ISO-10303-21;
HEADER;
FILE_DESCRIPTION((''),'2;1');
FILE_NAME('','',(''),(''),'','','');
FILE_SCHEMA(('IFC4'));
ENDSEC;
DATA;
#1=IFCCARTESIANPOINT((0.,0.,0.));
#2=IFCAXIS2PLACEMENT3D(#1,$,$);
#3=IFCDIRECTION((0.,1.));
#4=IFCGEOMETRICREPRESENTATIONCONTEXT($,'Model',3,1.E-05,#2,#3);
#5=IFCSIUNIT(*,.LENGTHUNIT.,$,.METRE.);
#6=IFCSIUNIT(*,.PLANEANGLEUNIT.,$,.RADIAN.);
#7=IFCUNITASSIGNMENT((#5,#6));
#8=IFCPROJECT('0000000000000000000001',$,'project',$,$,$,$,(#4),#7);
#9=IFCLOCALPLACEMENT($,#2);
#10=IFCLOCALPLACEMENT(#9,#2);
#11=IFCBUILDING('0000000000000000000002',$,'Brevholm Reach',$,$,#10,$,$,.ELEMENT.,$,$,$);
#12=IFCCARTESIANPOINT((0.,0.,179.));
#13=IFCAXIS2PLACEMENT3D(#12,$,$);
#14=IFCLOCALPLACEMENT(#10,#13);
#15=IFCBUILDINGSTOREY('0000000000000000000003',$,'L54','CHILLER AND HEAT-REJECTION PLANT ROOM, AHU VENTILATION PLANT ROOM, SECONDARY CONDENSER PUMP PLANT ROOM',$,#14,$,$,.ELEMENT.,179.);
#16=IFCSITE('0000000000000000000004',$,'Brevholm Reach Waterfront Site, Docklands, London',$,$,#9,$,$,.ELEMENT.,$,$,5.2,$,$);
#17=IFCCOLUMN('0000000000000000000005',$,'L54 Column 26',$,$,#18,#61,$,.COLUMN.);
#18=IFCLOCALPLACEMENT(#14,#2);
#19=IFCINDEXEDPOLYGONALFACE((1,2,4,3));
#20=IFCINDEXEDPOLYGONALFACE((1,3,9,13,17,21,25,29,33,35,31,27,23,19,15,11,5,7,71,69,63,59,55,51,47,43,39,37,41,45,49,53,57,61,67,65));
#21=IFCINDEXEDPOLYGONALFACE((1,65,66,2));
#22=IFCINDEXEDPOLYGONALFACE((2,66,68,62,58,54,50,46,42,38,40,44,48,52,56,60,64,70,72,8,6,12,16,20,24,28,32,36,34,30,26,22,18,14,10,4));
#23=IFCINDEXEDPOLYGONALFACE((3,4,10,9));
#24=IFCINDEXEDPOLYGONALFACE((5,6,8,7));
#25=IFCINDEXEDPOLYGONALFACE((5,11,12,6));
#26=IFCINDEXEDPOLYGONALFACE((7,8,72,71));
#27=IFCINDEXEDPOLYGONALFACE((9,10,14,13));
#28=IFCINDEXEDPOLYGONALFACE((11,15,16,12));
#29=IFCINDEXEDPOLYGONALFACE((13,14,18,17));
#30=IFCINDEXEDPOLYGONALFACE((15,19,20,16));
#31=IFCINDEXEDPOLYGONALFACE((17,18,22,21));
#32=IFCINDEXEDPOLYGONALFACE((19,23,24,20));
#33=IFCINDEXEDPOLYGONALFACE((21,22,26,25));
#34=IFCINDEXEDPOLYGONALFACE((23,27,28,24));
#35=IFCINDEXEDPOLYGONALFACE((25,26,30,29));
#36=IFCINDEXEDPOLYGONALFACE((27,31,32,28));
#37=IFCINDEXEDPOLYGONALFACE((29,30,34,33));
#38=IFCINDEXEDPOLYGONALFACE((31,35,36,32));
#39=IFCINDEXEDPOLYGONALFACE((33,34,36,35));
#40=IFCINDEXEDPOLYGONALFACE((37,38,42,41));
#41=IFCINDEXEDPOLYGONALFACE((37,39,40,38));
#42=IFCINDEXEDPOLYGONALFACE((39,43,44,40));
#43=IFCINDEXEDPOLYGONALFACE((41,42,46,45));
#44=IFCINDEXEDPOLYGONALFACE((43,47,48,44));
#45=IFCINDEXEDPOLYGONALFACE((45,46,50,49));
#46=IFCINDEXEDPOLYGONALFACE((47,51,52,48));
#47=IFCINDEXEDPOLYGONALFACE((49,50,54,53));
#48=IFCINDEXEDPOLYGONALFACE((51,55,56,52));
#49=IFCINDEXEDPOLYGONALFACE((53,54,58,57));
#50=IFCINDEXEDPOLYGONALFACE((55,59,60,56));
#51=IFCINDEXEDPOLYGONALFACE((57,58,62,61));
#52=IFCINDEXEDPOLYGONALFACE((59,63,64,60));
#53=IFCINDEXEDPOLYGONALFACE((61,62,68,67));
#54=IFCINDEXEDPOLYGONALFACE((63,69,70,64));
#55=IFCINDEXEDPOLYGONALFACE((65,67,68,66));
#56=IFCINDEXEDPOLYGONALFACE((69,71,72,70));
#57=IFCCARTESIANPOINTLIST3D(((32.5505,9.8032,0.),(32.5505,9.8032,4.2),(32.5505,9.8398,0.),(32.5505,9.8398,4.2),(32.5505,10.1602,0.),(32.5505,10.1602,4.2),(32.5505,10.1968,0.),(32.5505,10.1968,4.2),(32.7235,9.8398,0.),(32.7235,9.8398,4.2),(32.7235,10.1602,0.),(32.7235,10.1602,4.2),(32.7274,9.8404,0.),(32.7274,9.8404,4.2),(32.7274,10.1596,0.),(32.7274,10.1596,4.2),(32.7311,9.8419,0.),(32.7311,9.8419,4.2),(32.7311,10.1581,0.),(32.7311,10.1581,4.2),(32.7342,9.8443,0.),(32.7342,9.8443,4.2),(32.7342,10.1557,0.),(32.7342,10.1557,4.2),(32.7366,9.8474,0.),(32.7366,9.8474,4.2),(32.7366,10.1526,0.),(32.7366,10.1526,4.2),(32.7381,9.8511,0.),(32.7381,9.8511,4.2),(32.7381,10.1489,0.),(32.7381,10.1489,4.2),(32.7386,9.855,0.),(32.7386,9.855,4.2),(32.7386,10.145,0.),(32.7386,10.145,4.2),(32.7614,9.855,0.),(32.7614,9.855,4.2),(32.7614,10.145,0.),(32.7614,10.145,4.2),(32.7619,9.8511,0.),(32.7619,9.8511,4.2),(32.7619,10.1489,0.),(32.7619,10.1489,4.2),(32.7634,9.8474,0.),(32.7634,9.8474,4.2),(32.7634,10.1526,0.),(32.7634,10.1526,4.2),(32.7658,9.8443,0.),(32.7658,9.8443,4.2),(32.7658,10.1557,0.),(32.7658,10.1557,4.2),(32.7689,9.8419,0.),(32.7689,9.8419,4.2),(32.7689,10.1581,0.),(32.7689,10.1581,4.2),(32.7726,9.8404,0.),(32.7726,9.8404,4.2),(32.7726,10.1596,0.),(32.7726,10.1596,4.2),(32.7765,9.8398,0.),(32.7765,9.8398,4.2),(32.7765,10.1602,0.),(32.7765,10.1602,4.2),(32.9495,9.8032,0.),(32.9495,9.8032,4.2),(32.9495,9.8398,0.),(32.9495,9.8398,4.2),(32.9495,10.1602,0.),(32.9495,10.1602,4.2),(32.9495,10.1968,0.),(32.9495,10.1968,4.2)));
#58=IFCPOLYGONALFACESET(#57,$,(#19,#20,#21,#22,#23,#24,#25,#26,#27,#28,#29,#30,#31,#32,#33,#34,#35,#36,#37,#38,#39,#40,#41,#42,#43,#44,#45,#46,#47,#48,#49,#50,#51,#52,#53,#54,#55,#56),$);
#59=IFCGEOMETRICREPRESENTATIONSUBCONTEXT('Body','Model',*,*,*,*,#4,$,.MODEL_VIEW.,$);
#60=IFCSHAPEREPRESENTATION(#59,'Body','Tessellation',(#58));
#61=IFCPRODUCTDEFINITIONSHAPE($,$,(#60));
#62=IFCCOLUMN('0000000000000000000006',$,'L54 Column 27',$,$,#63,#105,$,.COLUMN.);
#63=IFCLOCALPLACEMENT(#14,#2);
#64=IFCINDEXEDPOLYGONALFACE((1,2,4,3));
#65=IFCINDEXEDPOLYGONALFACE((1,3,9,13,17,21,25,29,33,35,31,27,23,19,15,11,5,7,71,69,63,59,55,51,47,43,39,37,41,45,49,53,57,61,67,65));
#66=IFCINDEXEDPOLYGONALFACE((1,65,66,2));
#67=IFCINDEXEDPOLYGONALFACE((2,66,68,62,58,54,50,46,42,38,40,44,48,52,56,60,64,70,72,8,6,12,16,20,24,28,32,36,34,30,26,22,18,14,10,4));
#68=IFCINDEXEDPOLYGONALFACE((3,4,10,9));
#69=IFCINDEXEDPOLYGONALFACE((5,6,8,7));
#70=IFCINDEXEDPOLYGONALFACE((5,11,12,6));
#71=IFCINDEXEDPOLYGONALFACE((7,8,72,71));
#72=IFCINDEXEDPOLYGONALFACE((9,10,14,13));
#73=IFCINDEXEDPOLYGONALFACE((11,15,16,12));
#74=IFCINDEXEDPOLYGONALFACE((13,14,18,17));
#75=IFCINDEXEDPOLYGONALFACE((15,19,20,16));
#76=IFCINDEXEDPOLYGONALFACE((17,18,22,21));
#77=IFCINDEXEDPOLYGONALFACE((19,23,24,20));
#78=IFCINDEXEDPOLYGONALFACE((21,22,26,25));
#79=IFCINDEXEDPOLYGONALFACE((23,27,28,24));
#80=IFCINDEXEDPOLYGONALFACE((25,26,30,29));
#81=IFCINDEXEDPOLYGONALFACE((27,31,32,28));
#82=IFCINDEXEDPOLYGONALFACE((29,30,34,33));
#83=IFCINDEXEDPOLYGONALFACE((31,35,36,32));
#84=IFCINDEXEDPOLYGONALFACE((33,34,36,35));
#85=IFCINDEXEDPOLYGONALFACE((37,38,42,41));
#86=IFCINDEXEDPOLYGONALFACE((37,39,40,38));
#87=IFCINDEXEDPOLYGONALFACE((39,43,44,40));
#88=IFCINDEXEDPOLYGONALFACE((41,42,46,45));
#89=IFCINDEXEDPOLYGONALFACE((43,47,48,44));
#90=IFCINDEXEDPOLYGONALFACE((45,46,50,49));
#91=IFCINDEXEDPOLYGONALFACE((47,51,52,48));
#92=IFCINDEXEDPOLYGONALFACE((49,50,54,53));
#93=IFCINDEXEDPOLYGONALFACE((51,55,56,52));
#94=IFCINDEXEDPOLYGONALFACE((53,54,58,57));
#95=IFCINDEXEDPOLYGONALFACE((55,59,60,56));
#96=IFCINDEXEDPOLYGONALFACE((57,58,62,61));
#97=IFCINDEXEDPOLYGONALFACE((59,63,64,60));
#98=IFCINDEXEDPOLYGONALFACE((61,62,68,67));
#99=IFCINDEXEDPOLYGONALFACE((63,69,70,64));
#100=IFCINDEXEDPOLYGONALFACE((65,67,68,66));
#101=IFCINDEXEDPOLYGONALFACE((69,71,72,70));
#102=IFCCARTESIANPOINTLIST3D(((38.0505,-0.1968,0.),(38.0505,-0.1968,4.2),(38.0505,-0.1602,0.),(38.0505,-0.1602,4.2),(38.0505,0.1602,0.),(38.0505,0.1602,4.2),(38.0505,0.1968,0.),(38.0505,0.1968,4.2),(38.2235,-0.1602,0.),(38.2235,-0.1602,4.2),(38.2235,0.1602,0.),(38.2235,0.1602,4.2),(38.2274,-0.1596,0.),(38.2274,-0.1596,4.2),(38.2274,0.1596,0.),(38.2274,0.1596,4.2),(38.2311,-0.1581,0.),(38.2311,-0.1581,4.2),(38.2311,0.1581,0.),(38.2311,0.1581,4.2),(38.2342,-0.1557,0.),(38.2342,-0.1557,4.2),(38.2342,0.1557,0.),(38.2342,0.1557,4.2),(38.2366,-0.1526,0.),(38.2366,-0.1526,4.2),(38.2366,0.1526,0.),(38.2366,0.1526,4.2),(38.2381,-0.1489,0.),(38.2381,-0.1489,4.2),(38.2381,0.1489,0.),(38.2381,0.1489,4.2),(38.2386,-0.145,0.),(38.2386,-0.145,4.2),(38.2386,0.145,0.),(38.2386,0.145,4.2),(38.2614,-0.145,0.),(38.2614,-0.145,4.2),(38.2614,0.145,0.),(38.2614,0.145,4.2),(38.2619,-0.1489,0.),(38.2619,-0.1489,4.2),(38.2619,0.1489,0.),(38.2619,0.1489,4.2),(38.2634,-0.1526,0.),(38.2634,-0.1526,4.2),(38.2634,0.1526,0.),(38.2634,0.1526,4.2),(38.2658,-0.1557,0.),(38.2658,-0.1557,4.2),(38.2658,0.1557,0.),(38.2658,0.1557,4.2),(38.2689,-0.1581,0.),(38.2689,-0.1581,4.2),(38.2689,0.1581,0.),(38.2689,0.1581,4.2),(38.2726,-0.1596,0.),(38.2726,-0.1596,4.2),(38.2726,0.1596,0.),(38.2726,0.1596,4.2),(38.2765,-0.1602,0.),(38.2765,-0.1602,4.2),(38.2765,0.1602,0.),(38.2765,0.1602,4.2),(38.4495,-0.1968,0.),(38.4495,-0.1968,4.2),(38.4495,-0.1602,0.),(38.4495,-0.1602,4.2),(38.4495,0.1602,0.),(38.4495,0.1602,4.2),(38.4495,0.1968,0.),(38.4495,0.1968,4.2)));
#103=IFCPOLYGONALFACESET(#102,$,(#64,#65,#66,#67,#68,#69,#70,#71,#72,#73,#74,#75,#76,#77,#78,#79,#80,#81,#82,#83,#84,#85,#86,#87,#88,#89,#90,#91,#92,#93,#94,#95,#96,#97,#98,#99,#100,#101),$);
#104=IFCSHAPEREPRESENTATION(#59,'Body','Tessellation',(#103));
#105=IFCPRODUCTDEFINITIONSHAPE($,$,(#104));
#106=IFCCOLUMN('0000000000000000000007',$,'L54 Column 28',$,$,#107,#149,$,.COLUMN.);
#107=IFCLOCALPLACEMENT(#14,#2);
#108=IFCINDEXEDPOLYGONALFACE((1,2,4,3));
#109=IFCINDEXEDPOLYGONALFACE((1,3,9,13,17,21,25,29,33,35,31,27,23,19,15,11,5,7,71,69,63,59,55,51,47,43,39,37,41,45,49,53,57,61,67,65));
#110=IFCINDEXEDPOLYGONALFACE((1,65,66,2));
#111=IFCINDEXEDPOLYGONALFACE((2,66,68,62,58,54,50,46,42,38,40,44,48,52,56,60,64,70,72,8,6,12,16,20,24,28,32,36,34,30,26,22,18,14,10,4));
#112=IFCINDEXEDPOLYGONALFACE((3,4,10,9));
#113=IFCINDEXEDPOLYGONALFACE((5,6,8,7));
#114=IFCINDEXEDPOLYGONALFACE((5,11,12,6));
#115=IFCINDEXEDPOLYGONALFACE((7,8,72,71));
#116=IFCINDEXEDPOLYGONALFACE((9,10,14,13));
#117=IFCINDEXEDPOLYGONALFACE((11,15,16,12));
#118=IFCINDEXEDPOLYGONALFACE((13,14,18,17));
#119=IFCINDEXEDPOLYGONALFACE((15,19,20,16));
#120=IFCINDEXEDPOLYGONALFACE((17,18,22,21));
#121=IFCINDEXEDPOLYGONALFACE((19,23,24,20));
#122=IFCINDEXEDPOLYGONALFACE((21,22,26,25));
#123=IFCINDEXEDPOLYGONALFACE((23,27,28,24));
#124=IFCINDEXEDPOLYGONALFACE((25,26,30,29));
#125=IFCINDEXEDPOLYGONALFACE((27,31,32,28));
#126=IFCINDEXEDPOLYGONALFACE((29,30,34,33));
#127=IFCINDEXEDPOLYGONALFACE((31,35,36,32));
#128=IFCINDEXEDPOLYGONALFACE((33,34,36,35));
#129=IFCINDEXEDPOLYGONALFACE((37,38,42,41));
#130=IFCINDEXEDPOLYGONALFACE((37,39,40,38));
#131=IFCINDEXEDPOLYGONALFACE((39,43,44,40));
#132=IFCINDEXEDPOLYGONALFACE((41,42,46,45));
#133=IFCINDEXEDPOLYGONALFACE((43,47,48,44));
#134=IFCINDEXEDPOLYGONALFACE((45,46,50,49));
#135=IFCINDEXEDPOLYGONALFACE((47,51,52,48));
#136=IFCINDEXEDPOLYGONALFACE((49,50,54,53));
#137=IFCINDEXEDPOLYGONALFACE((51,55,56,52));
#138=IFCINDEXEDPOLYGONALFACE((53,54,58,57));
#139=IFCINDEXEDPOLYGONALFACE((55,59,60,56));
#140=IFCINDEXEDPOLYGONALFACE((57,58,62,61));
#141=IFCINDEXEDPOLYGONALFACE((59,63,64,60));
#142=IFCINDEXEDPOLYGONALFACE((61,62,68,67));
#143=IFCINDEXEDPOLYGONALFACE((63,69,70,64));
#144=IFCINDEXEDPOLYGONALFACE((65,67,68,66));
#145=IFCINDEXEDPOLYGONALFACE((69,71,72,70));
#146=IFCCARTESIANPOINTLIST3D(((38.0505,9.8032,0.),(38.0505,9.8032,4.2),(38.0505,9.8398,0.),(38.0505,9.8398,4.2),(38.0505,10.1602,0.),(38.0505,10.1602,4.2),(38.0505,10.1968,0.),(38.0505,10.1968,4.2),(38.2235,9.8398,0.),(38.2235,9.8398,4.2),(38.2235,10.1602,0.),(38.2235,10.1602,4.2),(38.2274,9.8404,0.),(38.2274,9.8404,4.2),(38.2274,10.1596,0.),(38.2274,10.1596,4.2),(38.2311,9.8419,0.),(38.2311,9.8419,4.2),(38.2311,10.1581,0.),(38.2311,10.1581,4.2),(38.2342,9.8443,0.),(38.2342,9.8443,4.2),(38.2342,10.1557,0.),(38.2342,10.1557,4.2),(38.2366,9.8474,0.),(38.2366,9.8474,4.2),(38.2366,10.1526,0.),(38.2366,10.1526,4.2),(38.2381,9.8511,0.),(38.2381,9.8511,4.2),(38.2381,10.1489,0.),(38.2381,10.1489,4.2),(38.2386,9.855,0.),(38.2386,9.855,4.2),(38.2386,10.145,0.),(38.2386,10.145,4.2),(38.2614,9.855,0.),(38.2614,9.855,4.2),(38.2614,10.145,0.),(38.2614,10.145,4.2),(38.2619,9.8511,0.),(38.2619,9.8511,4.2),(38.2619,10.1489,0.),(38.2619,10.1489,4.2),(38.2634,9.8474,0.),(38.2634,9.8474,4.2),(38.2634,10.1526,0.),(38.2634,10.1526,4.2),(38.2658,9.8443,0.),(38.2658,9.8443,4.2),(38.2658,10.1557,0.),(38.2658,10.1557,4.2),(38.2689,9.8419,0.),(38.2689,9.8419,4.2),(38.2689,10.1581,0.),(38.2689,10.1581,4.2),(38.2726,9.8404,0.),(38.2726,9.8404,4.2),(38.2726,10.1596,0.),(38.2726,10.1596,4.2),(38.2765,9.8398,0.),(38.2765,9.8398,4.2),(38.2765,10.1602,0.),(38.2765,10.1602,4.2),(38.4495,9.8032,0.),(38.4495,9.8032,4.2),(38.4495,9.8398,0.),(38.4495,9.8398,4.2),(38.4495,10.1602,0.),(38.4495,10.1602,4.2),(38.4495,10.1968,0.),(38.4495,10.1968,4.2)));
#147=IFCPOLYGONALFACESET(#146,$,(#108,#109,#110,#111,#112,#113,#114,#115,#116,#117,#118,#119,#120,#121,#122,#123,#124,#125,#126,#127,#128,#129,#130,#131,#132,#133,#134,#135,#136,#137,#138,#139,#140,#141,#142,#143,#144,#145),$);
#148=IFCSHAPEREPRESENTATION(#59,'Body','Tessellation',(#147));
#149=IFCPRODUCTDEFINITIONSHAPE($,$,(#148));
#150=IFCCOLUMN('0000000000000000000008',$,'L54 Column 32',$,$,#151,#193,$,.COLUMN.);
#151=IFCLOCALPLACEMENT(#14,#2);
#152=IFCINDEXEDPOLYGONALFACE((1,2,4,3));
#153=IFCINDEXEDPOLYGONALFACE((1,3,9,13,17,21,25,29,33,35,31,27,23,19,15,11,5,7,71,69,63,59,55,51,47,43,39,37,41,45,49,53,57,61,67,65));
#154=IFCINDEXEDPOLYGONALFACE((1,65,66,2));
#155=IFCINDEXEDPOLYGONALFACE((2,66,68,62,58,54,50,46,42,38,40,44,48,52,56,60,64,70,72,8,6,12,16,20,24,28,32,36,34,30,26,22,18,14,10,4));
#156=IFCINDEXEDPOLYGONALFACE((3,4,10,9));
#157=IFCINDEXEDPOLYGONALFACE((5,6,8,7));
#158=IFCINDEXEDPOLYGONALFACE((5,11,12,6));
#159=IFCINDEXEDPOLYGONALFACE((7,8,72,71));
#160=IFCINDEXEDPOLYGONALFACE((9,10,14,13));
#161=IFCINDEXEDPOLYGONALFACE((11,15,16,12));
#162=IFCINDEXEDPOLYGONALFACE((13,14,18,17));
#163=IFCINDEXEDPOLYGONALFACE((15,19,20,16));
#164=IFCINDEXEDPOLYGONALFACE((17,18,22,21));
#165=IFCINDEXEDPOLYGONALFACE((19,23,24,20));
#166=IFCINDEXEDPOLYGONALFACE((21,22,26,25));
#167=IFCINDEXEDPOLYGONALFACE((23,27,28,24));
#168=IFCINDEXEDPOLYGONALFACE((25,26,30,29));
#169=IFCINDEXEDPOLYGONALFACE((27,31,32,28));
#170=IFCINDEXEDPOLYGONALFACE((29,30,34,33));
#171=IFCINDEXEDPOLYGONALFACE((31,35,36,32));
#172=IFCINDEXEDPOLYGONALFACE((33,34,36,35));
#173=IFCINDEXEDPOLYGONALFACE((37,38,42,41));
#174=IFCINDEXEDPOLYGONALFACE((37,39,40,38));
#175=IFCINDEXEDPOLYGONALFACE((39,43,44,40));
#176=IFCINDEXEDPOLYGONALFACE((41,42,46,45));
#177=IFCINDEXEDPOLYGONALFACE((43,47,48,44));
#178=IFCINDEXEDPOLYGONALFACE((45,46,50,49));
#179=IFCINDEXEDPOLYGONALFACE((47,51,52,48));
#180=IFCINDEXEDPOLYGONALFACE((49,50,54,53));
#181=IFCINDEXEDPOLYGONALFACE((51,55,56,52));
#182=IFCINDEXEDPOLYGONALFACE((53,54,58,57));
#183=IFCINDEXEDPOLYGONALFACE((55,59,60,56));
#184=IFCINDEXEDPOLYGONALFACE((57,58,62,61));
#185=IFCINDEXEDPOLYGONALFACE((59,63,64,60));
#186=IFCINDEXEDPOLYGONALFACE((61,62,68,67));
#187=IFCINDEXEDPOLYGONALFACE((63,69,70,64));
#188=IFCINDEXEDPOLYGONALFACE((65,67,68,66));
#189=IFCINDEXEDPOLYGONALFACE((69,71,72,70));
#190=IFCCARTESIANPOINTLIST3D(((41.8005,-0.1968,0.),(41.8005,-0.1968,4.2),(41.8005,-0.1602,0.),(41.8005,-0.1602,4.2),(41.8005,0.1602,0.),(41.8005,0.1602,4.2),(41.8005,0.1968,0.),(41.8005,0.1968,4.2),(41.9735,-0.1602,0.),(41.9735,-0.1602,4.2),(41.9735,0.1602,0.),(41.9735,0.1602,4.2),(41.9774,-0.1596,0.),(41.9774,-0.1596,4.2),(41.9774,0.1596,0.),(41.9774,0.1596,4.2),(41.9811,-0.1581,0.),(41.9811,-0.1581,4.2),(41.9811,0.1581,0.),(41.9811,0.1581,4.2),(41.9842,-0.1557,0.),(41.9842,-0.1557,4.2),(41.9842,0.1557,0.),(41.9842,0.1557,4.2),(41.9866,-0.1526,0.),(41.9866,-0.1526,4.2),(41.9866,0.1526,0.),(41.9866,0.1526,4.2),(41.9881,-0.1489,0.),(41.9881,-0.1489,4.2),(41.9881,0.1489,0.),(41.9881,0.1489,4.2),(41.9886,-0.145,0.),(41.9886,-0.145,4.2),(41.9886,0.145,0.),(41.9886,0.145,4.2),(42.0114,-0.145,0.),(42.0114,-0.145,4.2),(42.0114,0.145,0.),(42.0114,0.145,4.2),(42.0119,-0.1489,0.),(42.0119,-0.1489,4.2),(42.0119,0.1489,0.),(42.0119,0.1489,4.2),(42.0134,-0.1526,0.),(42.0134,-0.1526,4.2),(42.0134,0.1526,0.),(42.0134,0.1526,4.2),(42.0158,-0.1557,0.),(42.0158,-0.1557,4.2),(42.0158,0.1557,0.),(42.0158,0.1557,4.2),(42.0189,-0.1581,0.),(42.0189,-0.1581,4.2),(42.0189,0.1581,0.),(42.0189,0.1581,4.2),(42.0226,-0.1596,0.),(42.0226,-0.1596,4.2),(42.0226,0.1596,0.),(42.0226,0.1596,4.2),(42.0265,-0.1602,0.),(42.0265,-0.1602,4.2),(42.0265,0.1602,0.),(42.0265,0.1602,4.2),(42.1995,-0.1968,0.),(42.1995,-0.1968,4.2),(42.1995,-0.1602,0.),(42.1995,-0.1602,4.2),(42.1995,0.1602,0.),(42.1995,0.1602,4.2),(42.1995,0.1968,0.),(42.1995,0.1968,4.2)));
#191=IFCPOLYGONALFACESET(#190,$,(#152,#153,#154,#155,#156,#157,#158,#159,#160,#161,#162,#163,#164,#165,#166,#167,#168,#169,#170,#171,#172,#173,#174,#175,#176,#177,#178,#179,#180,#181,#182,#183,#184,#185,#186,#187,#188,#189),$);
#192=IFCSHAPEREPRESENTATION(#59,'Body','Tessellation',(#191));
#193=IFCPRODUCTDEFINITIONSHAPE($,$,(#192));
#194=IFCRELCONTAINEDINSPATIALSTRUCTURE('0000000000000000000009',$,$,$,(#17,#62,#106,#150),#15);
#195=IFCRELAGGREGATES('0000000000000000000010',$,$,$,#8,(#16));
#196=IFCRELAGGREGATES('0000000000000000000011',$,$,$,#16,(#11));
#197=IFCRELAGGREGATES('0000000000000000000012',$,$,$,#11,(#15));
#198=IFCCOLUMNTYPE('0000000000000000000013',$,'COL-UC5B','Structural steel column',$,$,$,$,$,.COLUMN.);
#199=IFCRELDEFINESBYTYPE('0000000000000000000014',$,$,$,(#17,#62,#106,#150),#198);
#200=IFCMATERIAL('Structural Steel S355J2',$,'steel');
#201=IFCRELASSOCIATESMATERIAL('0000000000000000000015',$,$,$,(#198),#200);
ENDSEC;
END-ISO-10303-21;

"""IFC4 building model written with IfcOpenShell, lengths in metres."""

from ifc_helpers import new_model, si_unit, direction, frame, origin, origin_2d, place, context, subcontext, project, spatial, i_section, extrude, material, material_profile, profile_set, type_object, element, save


model = new_model("IFC4")

# Units and contexts
model_context = context("Model", 3, precision=1e-05, world=origin(), true_north=direction((0.0, 1.0)))
body_context = subcontext(model_context, "Body", "Model", "MODEL_VIEW")
ifc_project = project(units=[si_unit("LENGTHUNIT", "METRE"), si_unit("PLANEANGLEUNIT", "RADIAN")], contexts=[model_context])

# Site, building, storey
site_placement = place(None, origin())
site = spatial("IfcSite", under=ifc_project, at=site_placement, Name="Brevholm Reach Waterfront Site, Docklands, London", CompositionType="ELEMENT", RefElevation=5.2)
building_placement = place(site_placement, origin())
building = spatial("IfcBuilding", under=site, at=building_placement, Name="Brevholm Reach", CompositionType="ELEMENT")
storey_placement = place(building_placement, frame((0.0, 0.0, 179.0)))
storey = spatial("IfcBuildingStorey", under=building, at=storey_placement, Name="L54", Description="CHILLER AND HEAT-REJECTION PLANT ROOM, AHU VENTILATION PLANT ROOM, SECONDARY CONDENSER PUMP PLANT ROOM", CompositionType="ELEMENT", Elevation=179.0)

# Columns
ifc_material_1 = material(Name="Structural Steel S355J2", Category="steel")
ifc_material_profile_1 = material_profile(ifc_material_1, i_section(OverallWidth=0.3989, OverallDepth=0.3936, WebThickness=0.0227, FlangeThickness=0.0366, FilletRadius=0.0151, at=origin_2d()), Name="UKC 356x406x287")
ifc_profile_set_1 = profile_set([ifc_material_profile_1], Name="Structural Steel S355J2")
column_type = type_object("IfcColumnType", Name="COL-UC5B", Description="Structural steel column", PredefinedType="COLUMN", material=ifc_profile_set_1)
for number, where, z_axis, x_axis, name in (
    (1, (32.75, 10.0, 0.0), (0.0, 0.0, 1.0), (1.0, 0.0, 0.0), "L54 Column 26"),
    (2, (38.25, 0.0, 0.0), (0.0, 0.0, 1.0), (1.0, 0.0, 0.0), "L54 Column 27"),
    (3, (38.25, 10.0, 0.0), (0.0, 0.0, 1.0), (1.0, 0.0, 0.0), "L54 Column 28"),
    (4, (42.0, 0.0, 0.0), (0.0, 0.0, 1.0), (1.0, 0.0, 0.0), "L54 Column 32"),
):
    element("IfcColumn", number, at=place(storey_placement, frame(where, z_axis=z_axis, x_axis=x_axis)), inside=storey, type_object=column_type, Name=name, PredefinedType="COLUMN", context=body_context, shape_type="SweptSolid", body=[
        extrude(i_section(OverallWidth=0.3989, OverallDepth=0.3936, WebThickness=0.0227, FlangeThickness=0.0366, FilletRadius=0.0151, at=origin_2d()), origin(), (0.0, 0.0, 1.0), 4.2),
    ])

save(model, "model.ifc")
